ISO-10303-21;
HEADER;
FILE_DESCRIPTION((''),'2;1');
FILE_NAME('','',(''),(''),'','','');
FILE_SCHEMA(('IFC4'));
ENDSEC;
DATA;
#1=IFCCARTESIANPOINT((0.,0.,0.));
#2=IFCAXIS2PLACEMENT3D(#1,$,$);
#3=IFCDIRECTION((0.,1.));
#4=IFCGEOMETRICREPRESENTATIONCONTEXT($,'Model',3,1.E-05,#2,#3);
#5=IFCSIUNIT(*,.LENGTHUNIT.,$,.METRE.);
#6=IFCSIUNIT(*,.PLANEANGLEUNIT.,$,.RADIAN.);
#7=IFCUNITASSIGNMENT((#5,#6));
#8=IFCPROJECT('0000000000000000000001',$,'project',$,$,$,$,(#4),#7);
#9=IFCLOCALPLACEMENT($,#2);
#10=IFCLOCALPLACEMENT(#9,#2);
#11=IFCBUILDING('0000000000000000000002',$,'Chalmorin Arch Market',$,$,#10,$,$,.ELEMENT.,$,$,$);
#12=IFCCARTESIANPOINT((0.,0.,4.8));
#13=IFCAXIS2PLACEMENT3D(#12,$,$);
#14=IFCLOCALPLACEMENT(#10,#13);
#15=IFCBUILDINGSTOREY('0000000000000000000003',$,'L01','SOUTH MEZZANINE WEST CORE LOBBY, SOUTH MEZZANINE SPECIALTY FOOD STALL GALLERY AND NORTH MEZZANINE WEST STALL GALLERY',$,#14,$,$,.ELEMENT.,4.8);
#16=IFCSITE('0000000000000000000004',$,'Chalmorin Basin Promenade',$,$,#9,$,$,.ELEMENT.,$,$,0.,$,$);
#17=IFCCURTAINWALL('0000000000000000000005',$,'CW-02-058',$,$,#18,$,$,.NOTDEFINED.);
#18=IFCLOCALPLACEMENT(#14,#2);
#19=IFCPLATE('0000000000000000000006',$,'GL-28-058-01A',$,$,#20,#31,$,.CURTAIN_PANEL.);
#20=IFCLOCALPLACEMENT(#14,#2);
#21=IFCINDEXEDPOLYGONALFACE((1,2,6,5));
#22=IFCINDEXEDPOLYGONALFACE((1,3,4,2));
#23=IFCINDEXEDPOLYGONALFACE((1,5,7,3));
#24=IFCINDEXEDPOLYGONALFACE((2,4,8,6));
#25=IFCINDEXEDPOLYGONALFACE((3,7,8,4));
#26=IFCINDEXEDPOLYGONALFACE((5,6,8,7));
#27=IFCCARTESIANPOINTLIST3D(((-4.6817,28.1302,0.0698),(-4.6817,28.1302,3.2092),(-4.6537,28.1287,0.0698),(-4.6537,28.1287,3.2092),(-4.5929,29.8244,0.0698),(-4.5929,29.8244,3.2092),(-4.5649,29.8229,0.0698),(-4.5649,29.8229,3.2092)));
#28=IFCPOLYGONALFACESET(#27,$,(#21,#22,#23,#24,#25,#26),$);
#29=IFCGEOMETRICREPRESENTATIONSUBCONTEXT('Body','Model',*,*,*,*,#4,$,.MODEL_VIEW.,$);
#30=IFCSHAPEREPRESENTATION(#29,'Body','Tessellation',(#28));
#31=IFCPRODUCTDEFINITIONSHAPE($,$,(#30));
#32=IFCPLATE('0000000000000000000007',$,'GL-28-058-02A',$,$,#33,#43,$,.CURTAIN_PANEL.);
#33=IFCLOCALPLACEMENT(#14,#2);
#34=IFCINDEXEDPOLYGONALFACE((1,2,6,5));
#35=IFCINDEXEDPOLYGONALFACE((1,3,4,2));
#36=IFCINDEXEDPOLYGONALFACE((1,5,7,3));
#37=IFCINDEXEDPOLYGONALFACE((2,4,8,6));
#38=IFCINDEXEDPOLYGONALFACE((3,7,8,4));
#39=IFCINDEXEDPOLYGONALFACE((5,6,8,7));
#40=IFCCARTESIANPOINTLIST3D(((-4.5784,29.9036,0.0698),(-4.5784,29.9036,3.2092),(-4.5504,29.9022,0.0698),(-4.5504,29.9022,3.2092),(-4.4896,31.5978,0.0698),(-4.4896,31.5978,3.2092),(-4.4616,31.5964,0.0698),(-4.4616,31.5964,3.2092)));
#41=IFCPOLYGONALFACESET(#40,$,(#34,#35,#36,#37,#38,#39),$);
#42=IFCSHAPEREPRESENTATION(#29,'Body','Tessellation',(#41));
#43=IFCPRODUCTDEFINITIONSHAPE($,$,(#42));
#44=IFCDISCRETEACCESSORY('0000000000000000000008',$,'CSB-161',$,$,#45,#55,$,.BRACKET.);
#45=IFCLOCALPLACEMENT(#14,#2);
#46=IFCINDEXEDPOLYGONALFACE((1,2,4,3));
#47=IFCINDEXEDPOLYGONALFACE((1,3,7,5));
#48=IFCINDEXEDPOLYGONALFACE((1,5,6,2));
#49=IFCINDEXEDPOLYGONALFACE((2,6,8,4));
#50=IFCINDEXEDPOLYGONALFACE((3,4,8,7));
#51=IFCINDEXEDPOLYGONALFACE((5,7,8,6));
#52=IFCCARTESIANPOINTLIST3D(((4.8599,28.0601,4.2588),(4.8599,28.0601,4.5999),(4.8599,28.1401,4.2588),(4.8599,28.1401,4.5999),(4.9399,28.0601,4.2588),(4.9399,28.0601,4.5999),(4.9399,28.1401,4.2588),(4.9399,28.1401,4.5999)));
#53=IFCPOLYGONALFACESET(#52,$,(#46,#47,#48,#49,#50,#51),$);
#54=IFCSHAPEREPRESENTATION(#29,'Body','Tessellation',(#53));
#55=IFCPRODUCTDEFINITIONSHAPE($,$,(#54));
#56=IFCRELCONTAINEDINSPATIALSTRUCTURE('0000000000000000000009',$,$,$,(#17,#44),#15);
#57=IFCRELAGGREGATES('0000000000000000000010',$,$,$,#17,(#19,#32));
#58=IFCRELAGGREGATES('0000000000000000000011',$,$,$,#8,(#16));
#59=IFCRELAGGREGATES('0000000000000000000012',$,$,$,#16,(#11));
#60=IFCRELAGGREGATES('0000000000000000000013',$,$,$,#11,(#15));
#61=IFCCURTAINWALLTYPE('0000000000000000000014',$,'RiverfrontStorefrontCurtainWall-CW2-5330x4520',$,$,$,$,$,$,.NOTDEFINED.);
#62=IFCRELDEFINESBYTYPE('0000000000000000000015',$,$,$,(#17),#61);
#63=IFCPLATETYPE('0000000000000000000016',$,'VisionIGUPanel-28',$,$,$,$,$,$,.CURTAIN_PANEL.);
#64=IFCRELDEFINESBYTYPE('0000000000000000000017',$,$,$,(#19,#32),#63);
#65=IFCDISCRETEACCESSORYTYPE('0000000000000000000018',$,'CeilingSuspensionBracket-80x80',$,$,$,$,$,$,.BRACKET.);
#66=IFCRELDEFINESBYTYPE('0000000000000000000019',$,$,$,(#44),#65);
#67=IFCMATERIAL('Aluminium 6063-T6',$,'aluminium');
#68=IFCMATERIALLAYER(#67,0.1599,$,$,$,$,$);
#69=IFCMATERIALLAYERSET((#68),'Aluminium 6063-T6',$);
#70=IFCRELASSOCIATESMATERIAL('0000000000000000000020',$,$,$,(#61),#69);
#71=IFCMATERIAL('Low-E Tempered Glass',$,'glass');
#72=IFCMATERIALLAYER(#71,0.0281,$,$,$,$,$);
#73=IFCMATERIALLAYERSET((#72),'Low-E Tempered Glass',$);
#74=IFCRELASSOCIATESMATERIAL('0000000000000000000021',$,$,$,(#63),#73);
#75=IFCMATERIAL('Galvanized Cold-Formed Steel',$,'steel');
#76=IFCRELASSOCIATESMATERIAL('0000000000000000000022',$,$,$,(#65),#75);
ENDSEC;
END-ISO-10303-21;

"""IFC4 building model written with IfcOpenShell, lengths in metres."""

from ifc_helpers import new_model, si_unit, direction, frame, origin, origin_2d, place, context, subcontext, project, spatial, rectangle, extrude, material, layer, layer_set, type_object, element, aggregate, save


model = new_model("IFC4")

# Units and contexts
model_context = context("Model", 3, precision=1e-05, world=origin(), true_north=direction((0.0, 1.0)))
body_context = subcontext(model_context, "Body", "Model", "MODEL_VIEW")
ifc_project = project(units=[si_unit("LENGTHUNIT", "METRE"), si_unit("PLANEANGLEUNIT", "RADIAN")], contexts=[model_context])

# Site, building, storey
site_placement = place(None, origin())
site = spatial("IfcSite", under=ifc_project, at=site_placement, Name="Chalmorin Basin Promenade", CompositionType="ELEMENT", RefElevation=0.0)
building_placement = place(site_placement, origin())
building = spatial("IfcBuilding", under=site, at=building_placement, Name="Chalmorin Arch Market", CompositionType="ELEMENT")
storey_placement = place(building_placement, frame((0.0, 0.0, 4.8)))
storey = spatial("IfcBuildingStorey", under=building, at=storey_placement, Name="L01", Description="SOUTH MEZZANINE WEST CORE LOBBY, SOUTH MEZZANINE SPECIALTY FOOD STALL GALLERY AND NORTH MEZZANINE WEST STALL GALLERY", CompositionType="ELEMENT", Elevation=4.8)

# Curtain wall
ifc_material_1 = material(Name="Aluminium 6063-T6", Category="aluminium")
ifc_layer_1 = layer(ifc_material_1, 0.1599)
ifc_layer_set_1 = layer_set([ifc_layer_1], Name="Aluminium 6063-T6")
curtain_wall_type_1 = type_object("IfcCurtainWallType", Name="RiverfrontStorefrontCurtainWall-CW2-5330x4520", PredefinedType="NOTDEFINED", material=ifc_layer_set_1)
curtain_wall_1_placement = place(storey_placement, origin())
curtain_wall_1 = element("IfcCurtainWall", 1, at=curtain_wall_1_placement, inside=storey, type_object=curtain_wall_type_1, Name="CW-02-058", PredefinedType="NOTDEFINED")

# Plates
ifc_material_2 = material(Name="Low-E Tempered Glass", Category="glass")
ifc_layer_2 = layer(ifc_material_2, 0.0281)
ifc_layer_set_2 = layer_set([ifc_layer_2], Name="Low-E Tempered Glass")
plate_type_1 = type_object("IfcPlateType", Name="VisionIGUPanel-28", PredefinedType="CURTAIN_PANEL", material=ifc_layer_set_2)
plate_1_placement = place(storey_placement, frame((-4.6233, 28.9766, 0.0698), z_axis=(0.0, 0.0, 1.0), x_axis=(0.052336, 0.99863, 0.0)))
plate_1 = element("IfcPlate", 2, at=plate_1_placement, type_object=plate_type_1, Name="GL-28-058-01A", PredefinedType="CURTAIN_PANEL", context=body_context, shape_type="SweptSolid", body=[
    extrude(rectangle(XDim=1.6965, YDim=0.0281, at=origin_2d()), origin(), (0.0, 0.0, 1.0), 3.1394),
])
plate_2_placement = place(storey_placement, frame((-4.52, 30.75, 0.0698), z_axis=(0.0, 0.0, 1.0), x_axis=(0.052336, 0.99863, 0.0)))
plate_2 = element("IfcPlate", 3, at=plate_2_placement, type_object=plate_type_1, Name="GL-28-058-02A", PredefinedType="CURTAIN_PANEL", context=body_context, shape_type="SweptSolid", body=[
    extrude(rectangle(XDim=1.6965, YDim=0.0281, at=origin_2d()), origin(), (0.0, 0.0, 1.0), 3.1394),
])
aggregate(curtain_wall_1, [plate_1, plate_2])

# Discrete accessory
ifc_material_3 = material(Name="Galvanized Cold-Formed Steel", Category="steel")
discrete_accessory_type = type_object("IfcDiscreteAccessoryType", Name="CeilingSuspensionBracket-80x80", PredefinedType="BRACKET", material=ifc_material_3)
discrete_accessory_placement = place(storey_placement, frame((4.8999, 28.1001, 4.2588), z_axis=(0.0, 0.0, 1.0), x_axis=(1.0, 0.0, 0.0)))
element("IfcDiscreteAccessory", 4, at=discrete_accessory_placement, inside=storey, type_object=discrete_accessory_type, Name="CSB-161", PredefinedType="BRACKET", context=body_context, shape_type="SweptSolid", body=[
    extrude(rectangle(XDim=0.0801, YDim=0.0801, at=origin_2d()), origin(), (0.0, 0.0, 1.0), 0.3411),
])

save(model, "model.ifc")
